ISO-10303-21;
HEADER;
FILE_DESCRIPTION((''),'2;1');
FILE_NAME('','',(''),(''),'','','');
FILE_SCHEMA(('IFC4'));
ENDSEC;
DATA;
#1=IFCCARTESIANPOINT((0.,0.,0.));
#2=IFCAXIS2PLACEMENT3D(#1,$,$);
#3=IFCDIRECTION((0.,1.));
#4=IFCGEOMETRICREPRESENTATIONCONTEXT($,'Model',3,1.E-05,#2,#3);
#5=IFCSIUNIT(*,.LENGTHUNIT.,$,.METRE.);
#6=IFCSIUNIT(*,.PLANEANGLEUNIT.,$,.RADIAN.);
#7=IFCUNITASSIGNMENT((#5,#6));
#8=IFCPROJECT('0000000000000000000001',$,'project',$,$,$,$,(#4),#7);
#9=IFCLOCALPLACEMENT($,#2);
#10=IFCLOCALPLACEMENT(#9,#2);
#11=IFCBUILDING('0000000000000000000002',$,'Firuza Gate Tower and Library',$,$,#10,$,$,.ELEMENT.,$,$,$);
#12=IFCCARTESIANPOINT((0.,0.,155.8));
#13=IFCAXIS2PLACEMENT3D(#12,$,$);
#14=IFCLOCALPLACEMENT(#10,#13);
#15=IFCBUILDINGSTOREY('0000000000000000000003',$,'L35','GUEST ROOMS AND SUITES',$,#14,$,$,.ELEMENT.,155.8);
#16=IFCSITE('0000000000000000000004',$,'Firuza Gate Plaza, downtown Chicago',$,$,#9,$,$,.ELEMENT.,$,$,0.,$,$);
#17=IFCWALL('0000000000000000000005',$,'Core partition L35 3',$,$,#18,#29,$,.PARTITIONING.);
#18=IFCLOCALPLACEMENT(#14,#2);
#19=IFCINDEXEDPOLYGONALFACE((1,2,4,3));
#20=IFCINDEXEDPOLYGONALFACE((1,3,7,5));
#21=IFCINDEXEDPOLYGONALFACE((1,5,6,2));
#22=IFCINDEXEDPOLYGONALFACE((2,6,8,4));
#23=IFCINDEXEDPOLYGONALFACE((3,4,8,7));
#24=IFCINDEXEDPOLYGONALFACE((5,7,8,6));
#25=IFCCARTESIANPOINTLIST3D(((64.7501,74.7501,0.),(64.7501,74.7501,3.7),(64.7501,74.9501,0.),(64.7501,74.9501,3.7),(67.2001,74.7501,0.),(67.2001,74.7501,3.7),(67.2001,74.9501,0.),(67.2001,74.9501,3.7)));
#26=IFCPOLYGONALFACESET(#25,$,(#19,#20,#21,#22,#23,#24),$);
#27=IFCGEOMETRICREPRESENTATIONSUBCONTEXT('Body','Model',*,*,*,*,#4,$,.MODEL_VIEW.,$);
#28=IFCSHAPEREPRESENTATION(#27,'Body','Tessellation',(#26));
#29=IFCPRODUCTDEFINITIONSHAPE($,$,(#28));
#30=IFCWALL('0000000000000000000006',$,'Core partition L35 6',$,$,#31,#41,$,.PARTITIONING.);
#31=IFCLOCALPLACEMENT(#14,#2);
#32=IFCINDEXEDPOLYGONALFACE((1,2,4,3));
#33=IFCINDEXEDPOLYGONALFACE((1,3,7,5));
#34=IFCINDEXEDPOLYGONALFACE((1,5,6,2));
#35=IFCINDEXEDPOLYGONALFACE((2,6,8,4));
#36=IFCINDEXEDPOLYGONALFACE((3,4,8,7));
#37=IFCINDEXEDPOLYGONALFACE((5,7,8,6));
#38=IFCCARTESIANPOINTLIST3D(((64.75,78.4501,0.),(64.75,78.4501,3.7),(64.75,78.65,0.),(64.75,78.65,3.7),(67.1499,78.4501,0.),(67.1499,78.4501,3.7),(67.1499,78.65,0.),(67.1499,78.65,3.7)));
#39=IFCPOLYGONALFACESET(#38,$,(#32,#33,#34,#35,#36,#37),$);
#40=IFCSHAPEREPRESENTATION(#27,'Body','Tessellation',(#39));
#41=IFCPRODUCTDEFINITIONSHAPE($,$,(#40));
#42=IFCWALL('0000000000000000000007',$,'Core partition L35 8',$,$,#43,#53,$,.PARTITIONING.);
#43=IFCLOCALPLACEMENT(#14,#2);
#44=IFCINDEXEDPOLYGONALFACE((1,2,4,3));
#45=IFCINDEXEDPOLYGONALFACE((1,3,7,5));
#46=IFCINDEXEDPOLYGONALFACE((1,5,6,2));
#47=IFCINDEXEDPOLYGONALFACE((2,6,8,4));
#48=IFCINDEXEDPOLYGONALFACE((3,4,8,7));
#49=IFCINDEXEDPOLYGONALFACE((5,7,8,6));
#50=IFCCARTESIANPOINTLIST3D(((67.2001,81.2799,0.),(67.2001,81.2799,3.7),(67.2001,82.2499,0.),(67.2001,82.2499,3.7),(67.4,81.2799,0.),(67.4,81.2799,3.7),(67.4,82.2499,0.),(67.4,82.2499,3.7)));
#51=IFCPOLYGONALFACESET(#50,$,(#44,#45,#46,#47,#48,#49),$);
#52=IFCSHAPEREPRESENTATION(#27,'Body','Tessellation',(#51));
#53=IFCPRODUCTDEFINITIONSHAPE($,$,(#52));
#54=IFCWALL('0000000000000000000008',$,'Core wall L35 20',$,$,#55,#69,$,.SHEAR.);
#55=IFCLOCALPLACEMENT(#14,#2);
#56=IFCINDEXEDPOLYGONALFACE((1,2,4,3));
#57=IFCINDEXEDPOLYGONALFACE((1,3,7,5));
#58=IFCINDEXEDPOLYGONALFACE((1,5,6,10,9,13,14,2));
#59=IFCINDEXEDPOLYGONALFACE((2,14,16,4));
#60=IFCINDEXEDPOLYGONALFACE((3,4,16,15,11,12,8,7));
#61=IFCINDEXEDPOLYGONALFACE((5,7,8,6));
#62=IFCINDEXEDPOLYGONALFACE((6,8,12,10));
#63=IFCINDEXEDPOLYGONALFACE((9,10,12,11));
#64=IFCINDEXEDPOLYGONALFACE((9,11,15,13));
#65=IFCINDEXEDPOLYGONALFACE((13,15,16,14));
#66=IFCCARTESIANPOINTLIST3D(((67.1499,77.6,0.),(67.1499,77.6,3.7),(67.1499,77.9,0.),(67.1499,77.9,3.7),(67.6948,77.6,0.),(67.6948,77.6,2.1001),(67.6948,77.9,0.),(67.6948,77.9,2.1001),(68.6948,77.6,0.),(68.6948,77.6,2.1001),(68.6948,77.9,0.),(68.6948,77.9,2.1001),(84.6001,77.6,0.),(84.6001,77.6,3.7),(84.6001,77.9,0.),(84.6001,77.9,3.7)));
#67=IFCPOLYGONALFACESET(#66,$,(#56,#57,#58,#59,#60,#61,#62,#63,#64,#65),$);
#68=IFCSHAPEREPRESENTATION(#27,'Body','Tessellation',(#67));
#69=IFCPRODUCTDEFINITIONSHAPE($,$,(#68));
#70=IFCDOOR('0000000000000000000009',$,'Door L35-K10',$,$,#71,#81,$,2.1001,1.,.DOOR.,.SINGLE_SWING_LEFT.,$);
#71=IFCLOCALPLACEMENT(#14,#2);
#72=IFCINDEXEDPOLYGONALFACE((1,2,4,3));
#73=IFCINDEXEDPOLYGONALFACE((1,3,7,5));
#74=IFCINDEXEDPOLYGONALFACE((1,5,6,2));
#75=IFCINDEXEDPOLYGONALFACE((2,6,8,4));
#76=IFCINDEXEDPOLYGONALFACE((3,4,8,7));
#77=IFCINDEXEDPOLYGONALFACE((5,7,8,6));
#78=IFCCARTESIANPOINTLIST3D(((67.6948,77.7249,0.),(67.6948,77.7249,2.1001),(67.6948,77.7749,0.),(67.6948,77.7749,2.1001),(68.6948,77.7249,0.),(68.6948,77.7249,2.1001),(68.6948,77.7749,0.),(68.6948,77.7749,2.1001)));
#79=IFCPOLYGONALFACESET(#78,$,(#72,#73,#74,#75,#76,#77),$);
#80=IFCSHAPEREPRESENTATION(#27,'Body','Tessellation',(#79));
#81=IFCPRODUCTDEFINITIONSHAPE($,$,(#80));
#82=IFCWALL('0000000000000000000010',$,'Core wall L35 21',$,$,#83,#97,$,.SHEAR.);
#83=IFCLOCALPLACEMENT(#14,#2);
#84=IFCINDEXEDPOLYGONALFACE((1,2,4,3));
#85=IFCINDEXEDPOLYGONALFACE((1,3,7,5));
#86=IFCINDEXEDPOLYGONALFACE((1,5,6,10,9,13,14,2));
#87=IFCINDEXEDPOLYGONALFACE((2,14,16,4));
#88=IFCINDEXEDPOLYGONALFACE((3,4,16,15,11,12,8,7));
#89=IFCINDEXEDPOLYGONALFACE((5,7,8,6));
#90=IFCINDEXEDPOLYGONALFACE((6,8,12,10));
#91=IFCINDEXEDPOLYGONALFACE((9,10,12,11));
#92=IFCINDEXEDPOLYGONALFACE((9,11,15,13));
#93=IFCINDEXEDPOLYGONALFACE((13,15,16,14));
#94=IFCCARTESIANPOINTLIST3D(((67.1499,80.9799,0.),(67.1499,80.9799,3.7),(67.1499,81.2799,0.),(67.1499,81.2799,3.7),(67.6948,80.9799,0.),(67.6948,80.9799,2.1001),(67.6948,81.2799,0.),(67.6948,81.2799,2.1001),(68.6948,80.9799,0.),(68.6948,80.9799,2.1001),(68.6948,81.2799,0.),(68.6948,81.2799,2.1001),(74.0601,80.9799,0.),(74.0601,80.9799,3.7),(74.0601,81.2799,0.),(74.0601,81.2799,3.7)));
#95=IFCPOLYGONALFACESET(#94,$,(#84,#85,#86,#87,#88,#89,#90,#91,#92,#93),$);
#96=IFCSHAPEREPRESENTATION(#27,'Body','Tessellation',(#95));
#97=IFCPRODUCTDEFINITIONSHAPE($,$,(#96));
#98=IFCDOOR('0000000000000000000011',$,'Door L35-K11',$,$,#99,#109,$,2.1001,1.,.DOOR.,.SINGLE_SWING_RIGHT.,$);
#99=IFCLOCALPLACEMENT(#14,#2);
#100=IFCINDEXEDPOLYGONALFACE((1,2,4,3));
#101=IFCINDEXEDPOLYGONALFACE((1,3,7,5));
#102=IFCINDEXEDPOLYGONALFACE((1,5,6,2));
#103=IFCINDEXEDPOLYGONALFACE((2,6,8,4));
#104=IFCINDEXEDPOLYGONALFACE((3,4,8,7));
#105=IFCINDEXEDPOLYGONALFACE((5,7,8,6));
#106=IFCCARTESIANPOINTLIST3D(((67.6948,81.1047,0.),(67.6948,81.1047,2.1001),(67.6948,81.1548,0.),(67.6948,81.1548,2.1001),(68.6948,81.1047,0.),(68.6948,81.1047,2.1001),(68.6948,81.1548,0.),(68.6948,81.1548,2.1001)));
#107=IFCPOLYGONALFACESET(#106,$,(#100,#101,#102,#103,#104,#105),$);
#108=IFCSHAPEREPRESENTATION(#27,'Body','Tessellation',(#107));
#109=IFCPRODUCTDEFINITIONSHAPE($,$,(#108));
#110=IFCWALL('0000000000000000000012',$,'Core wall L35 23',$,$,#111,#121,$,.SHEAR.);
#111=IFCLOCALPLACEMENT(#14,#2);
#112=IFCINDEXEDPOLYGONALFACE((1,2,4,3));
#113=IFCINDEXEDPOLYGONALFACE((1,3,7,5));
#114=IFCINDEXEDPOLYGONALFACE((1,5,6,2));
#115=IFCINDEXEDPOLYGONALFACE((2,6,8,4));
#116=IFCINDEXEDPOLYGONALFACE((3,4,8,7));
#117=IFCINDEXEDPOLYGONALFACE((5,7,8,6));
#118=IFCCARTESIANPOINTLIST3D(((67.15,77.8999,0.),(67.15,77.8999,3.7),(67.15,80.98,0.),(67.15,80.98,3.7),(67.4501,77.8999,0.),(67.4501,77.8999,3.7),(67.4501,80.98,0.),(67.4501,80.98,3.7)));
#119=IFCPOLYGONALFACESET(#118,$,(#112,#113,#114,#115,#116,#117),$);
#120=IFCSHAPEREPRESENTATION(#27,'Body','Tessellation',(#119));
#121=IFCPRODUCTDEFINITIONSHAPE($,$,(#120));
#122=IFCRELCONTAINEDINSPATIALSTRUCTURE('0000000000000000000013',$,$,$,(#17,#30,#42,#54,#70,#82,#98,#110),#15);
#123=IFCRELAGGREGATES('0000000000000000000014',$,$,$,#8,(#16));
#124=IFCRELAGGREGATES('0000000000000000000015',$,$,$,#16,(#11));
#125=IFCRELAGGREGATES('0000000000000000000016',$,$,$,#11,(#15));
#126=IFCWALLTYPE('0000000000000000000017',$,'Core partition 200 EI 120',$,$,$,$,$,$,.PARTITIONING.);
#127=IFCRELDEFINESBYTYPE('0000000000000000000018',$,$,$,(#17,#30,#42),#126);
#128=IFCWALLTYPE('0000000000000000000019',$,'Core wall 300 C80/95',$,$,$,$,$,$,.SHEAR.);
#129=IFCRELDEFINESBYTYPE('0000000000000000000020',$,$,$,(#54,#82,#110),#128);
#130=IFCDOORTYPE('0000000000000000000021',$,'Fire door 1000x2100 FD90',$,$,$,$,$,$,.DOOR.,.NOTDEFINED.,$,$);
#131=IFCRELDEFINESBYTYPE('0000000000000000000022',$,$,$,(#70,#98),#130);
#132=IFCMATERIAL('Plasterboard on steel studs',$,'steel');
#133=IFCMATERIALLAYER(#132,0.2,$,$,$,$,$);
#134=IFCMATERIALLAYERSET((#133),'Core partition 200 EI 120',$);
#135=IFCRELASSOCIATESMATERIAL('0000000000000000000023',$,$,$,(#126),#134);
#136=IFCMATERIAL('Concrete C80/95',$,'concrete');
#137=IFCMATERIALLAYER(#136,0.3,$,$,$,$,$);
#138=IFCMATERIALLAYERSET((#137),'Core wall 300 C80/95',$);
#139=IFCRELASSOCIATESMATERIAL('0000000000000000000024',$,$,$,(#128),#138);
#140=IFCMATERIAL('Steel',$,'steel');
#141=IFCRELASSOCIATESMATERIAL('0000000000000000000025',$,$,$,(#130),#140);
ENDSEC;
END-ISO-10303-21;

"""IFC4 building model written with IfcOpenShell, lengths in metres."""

from ifc_helpers import new_model, si_unit, direction, frame, frame_2d, origin, place, context, subcontext, project, spatial, rectangle, extrude, material, layer, layer_set, type_object, element, fill, save


model = new_model("IFC4")

# Units and contexts
model_context = context("Model", 3, precision=1e-05, world=origin(), true_north=direction((0.0, 1.0)))
body_context = subcontext(model_context, "Body", "Model", "MODEL_VIEW")
ifc_project = project(units=[si_unit("LENGTHUNIT", "METRE"), si_unit("PLANEANGLEUNIT", "RADIAN")], contexts=[model_context])

# Site, building, storey
site_placement = place(None, origin())
site = spatial("IfcSite", under=ifc_project, at=site_placement, Name="Firuza Gate Plaza, downtown Chicago", CompositionType="ELEMENT", RefElevation=0.0)
building_placement = place(site_placement, origin())
building = spatial("IfcBuilding", under=site, at=building_placement, Name="Firuza Gate Tower and Library", CompositionType="ELEMENT")
storey_placement = place(building_placement, frame((0.0, 0.0, 155.8)))
storey = spatial("IfcBuildingStorey", under=building, at=storey_placement, Name="L35", Description="GUEST ROOMS AND SUITES", CompositionType="ELEMENT", Elevation=155.8)

# Walls
ifc_material_1 = material(Name="Plasterboard on steel studs", Category="steel")
ifc_layer_1 = layer(ifc_material_1, 0.2)
ifc_layer_set_1 = layer_set([ifc_layer_1], Name="Core partition 200 EI 120")
wall_type_1 = type_object("IfcWallType", Name="Core partition 200 EI 120", PredefinedType="PARTITIONING", material=ifc_layer_set_1)
wall_1_placement = place(storey_placement, frame((64.75, 74.8501, 0.0), z_axis=(0.0, 0.0, 1.0), x_axis=(1.0, 0.0, 0.0)))
element("IfcWall", 1, at=wall_1_placement, inside=storey, type_object=wall_type_1, Name="Core partition L35 3", PredefinedType="PARTITIONING", context=body_context, shape_type="SweptSolid", body=[
    extrude(rectangle(XDim=2.45, YDim=0.2, at=frame_2d((1.2251, 0.0))), origin(), (0.0, 0.0, 1.0), 3.7),
])
wall_2_placement = place(storey_placement, frame((64.75, 78.55, 0.0), z_axis=(0.0, 0.0, 1.0), x_axis=(1.0, 0.0, 0.0)))
element("IfcWall", 2, at=wall_2_placement, inside=storey, type_object=wall_type_1, Name="Core partition L35 6", PredefinedType="PARTITIONING", context=body_context, shape_type="SweptSolid", body=[
    extrude(rectangle(XDim=2.3999, YDim=0.2, at=frame_2d((1.2, 0.0))), origin(), (0.0, 0.0, 1.0), 3.7),
])
wall_3_placement = place(storey_placement, frame((67.3, 81.28, 0.0), z_axis=(0.0, 0.0, 1.0), x_axis=(0.0, 1.0, 0.0)))
element("IfcWall", 3, at=wall_3_placement, inside=storey, type_object=wall_type_1, Name="Core partition L35 8", PredefinedType="PARTITIONING", context=body_context, shape_type="SweptSolid", body=[
    extrude(rectangle(XDim=0.97, YDim=0.2, at=frame_2d((0.4849, 0.0))), origin(), (0.0, 0.0, 1.0), 3.7),
])

# Walls, openings, doors
ifc_material_2 = material(Name="Concrete C80/95", Category="concrete")
ifc_layer_2 = layer(ifc_material_2, 0.3)
ifc_layer_set_2 = layer_set([ifc_layer_2], Name="Core wall 300 C80/95")
wall_type_2 = type_object("IfcWallType", Name="Core wall 300 C80/95", PredefinedType="SHEAR", material=ifc_layer_set_2)
wall_4_placement = place(storey_placement, frame((67.1499, 77.75, 0.0), z_axis=(0.0, 0.0, 1.0), x_axis=(1.0, 0.0, 0.0)))
wall_4 = element("IfcWall", 4, at=wall_4_placement, inside=storey, type_object=wall_type_2, Name="Core wall L35 20", PredefinedType="SHEAR", context=body_context, shape_type="SweptSolid", body=[
    extrude(rectangle(XDim=17.4502, YDim=0.3, at=frame_2d((8.7251, 0.0))), origin(), (0.0, 0.0, 1.0), 3.7),
])
opening_1_placement = place(wall_4_placement, frame((0.5449, 0.0, 0.0)))
opening_1 = element("IfcOpeningElement", 5, at=opening_1_placement, cuts=wall_4, PredefinedType="OPENING", context=body_context, shape_type="SweptSolid", body=[
    extrude(rectangle(XDim=1.0, YDim=2.1001, at=frame_2d((0.5, 1.05))), frame((0.0, 0.1602, 0.0), z_axis=(0.0, -1.0, 0.0), x_axis=(1.0, 0.0, 0.0)), (0.0, 0.0, 1.0), 0.3201),
])
ifc_material_3 = material(Name="Steel", Category="steel")
door_type_1 = type_object("IfcDoorType", Name="Fire door 1000x2100 FD90", OperationType="NOTDEFINED", PredefinedType="DOOR", material=ifc_material_3)
door_1_placement = place(opening_1_placement, origin())
door_1 = element("IfcDoor", 6, at=door_1_placement, inside=storey, type_object=door_type_1, Name="Door L35-K10", OperationType="SINGLE_SWING_LEFT", OverallHeight=2.1001, OverallWidth=1.0, PredefinedType="DOOR", context=body_context, shape_type="SweptSolid", body=[
    extrude(rectangle(XDim=1.0, YDim=2.1001, at=frame_2d((0.5, 1.05))), frame((0.0, 0.0249, 0.0), z_axis=(0.0, -1.0, 0.0), x_axis=(1.0, 0.0, 0.0)), (0.0, 0.0, 1.0), 0.05),
])
fill(opening_1, door_1)
wall_5_placement = place(storey_placement, frame((67.1499, 81.1299, 0.0), z_axis=(0.0, 0.0, 1.0), x_axis=(1.0, 0.0, 0.0)))
wall_5 = element("IfcWall", 7, at=wall_5_placement, inside=storey, type_object=wall_type_2, Name="Core wall L35 21", PredefinedType="SHEAR", context=body_context, shape_type="SweptSolid", body=[
    extrude(rectangle(XDim=6.9102, YDim=0.3, at=frame_2d((3.4551, 0.0))), origin(), (0.0, 0.0, 1.0), 3.7),
])
opening_2_placement = place(wall_5_placement, frame((0.5449, 0.0, 0.0)))
opening_2 = element("IfcOpeningElement", 8, at=opening_2_placement, cuts=wall_5, PredefinedType="OPENING", context=body_context, shape_type="SweptSolid", body=[
    extrude(rectangle(XDim=1.0, YDim=2.1001, at=frame_2d((0.5, 1.05))), frame((0.0, 0.1602, 0.0), z_axis=(0.0, -1.0, 0.0), x_axis=(1.0, 0.0, 0.0)), (0.0, 0.0, 1.0), 0.3201),
])
door_2_placement = place(opening_2_placement, origin())
door_2 = element("IfcDoor", 9, at=door_2_placement, inside=storey, type_object=door_type_1, Name="Door L35-K11", OperationType="SINGLE_SWING_RIGHT", OverallHeight=2.1001, OverallWidth=1.0, PredefinedType="DOOR", context=body_context, shape_type="SweptSolid", body=[
    extrude(rectangle(XDim=1.0, YDim=2.1001, at=frame_2d((0.5, 1.05))), frame((0.0, 0.0249, 0.0), z_axis=(0.0, -1.0, 0.0), x_axis=(1.0, 0.0, 0.0)), (0.0, 0.0, 1.0), 0.05),
])
fill(opening_2, door_2)

# Wall
wall_6_placement = place(storey_placement, frame((67.3, 77.8999, 0.0), z_axis=(0.0, 0.0, 1.0), x_axis=(0.0, 1.0, 0.0)))
element("IfcWall", 10, at=wall_6_placement, inside=storey, type_object=wall_type_2, Name="Core wall L35 23", PredefinedType="SHEAR", context=body_context, shape_type="SweptSolid", body=[
    extrude(rectangle(XDim=3.0801, YDim=0.3, at=frame_2d((1.54, 0.0))), origin(), (0.0, 0.0, 1.0), 3.7),
])

save(model, "model.ifc")
